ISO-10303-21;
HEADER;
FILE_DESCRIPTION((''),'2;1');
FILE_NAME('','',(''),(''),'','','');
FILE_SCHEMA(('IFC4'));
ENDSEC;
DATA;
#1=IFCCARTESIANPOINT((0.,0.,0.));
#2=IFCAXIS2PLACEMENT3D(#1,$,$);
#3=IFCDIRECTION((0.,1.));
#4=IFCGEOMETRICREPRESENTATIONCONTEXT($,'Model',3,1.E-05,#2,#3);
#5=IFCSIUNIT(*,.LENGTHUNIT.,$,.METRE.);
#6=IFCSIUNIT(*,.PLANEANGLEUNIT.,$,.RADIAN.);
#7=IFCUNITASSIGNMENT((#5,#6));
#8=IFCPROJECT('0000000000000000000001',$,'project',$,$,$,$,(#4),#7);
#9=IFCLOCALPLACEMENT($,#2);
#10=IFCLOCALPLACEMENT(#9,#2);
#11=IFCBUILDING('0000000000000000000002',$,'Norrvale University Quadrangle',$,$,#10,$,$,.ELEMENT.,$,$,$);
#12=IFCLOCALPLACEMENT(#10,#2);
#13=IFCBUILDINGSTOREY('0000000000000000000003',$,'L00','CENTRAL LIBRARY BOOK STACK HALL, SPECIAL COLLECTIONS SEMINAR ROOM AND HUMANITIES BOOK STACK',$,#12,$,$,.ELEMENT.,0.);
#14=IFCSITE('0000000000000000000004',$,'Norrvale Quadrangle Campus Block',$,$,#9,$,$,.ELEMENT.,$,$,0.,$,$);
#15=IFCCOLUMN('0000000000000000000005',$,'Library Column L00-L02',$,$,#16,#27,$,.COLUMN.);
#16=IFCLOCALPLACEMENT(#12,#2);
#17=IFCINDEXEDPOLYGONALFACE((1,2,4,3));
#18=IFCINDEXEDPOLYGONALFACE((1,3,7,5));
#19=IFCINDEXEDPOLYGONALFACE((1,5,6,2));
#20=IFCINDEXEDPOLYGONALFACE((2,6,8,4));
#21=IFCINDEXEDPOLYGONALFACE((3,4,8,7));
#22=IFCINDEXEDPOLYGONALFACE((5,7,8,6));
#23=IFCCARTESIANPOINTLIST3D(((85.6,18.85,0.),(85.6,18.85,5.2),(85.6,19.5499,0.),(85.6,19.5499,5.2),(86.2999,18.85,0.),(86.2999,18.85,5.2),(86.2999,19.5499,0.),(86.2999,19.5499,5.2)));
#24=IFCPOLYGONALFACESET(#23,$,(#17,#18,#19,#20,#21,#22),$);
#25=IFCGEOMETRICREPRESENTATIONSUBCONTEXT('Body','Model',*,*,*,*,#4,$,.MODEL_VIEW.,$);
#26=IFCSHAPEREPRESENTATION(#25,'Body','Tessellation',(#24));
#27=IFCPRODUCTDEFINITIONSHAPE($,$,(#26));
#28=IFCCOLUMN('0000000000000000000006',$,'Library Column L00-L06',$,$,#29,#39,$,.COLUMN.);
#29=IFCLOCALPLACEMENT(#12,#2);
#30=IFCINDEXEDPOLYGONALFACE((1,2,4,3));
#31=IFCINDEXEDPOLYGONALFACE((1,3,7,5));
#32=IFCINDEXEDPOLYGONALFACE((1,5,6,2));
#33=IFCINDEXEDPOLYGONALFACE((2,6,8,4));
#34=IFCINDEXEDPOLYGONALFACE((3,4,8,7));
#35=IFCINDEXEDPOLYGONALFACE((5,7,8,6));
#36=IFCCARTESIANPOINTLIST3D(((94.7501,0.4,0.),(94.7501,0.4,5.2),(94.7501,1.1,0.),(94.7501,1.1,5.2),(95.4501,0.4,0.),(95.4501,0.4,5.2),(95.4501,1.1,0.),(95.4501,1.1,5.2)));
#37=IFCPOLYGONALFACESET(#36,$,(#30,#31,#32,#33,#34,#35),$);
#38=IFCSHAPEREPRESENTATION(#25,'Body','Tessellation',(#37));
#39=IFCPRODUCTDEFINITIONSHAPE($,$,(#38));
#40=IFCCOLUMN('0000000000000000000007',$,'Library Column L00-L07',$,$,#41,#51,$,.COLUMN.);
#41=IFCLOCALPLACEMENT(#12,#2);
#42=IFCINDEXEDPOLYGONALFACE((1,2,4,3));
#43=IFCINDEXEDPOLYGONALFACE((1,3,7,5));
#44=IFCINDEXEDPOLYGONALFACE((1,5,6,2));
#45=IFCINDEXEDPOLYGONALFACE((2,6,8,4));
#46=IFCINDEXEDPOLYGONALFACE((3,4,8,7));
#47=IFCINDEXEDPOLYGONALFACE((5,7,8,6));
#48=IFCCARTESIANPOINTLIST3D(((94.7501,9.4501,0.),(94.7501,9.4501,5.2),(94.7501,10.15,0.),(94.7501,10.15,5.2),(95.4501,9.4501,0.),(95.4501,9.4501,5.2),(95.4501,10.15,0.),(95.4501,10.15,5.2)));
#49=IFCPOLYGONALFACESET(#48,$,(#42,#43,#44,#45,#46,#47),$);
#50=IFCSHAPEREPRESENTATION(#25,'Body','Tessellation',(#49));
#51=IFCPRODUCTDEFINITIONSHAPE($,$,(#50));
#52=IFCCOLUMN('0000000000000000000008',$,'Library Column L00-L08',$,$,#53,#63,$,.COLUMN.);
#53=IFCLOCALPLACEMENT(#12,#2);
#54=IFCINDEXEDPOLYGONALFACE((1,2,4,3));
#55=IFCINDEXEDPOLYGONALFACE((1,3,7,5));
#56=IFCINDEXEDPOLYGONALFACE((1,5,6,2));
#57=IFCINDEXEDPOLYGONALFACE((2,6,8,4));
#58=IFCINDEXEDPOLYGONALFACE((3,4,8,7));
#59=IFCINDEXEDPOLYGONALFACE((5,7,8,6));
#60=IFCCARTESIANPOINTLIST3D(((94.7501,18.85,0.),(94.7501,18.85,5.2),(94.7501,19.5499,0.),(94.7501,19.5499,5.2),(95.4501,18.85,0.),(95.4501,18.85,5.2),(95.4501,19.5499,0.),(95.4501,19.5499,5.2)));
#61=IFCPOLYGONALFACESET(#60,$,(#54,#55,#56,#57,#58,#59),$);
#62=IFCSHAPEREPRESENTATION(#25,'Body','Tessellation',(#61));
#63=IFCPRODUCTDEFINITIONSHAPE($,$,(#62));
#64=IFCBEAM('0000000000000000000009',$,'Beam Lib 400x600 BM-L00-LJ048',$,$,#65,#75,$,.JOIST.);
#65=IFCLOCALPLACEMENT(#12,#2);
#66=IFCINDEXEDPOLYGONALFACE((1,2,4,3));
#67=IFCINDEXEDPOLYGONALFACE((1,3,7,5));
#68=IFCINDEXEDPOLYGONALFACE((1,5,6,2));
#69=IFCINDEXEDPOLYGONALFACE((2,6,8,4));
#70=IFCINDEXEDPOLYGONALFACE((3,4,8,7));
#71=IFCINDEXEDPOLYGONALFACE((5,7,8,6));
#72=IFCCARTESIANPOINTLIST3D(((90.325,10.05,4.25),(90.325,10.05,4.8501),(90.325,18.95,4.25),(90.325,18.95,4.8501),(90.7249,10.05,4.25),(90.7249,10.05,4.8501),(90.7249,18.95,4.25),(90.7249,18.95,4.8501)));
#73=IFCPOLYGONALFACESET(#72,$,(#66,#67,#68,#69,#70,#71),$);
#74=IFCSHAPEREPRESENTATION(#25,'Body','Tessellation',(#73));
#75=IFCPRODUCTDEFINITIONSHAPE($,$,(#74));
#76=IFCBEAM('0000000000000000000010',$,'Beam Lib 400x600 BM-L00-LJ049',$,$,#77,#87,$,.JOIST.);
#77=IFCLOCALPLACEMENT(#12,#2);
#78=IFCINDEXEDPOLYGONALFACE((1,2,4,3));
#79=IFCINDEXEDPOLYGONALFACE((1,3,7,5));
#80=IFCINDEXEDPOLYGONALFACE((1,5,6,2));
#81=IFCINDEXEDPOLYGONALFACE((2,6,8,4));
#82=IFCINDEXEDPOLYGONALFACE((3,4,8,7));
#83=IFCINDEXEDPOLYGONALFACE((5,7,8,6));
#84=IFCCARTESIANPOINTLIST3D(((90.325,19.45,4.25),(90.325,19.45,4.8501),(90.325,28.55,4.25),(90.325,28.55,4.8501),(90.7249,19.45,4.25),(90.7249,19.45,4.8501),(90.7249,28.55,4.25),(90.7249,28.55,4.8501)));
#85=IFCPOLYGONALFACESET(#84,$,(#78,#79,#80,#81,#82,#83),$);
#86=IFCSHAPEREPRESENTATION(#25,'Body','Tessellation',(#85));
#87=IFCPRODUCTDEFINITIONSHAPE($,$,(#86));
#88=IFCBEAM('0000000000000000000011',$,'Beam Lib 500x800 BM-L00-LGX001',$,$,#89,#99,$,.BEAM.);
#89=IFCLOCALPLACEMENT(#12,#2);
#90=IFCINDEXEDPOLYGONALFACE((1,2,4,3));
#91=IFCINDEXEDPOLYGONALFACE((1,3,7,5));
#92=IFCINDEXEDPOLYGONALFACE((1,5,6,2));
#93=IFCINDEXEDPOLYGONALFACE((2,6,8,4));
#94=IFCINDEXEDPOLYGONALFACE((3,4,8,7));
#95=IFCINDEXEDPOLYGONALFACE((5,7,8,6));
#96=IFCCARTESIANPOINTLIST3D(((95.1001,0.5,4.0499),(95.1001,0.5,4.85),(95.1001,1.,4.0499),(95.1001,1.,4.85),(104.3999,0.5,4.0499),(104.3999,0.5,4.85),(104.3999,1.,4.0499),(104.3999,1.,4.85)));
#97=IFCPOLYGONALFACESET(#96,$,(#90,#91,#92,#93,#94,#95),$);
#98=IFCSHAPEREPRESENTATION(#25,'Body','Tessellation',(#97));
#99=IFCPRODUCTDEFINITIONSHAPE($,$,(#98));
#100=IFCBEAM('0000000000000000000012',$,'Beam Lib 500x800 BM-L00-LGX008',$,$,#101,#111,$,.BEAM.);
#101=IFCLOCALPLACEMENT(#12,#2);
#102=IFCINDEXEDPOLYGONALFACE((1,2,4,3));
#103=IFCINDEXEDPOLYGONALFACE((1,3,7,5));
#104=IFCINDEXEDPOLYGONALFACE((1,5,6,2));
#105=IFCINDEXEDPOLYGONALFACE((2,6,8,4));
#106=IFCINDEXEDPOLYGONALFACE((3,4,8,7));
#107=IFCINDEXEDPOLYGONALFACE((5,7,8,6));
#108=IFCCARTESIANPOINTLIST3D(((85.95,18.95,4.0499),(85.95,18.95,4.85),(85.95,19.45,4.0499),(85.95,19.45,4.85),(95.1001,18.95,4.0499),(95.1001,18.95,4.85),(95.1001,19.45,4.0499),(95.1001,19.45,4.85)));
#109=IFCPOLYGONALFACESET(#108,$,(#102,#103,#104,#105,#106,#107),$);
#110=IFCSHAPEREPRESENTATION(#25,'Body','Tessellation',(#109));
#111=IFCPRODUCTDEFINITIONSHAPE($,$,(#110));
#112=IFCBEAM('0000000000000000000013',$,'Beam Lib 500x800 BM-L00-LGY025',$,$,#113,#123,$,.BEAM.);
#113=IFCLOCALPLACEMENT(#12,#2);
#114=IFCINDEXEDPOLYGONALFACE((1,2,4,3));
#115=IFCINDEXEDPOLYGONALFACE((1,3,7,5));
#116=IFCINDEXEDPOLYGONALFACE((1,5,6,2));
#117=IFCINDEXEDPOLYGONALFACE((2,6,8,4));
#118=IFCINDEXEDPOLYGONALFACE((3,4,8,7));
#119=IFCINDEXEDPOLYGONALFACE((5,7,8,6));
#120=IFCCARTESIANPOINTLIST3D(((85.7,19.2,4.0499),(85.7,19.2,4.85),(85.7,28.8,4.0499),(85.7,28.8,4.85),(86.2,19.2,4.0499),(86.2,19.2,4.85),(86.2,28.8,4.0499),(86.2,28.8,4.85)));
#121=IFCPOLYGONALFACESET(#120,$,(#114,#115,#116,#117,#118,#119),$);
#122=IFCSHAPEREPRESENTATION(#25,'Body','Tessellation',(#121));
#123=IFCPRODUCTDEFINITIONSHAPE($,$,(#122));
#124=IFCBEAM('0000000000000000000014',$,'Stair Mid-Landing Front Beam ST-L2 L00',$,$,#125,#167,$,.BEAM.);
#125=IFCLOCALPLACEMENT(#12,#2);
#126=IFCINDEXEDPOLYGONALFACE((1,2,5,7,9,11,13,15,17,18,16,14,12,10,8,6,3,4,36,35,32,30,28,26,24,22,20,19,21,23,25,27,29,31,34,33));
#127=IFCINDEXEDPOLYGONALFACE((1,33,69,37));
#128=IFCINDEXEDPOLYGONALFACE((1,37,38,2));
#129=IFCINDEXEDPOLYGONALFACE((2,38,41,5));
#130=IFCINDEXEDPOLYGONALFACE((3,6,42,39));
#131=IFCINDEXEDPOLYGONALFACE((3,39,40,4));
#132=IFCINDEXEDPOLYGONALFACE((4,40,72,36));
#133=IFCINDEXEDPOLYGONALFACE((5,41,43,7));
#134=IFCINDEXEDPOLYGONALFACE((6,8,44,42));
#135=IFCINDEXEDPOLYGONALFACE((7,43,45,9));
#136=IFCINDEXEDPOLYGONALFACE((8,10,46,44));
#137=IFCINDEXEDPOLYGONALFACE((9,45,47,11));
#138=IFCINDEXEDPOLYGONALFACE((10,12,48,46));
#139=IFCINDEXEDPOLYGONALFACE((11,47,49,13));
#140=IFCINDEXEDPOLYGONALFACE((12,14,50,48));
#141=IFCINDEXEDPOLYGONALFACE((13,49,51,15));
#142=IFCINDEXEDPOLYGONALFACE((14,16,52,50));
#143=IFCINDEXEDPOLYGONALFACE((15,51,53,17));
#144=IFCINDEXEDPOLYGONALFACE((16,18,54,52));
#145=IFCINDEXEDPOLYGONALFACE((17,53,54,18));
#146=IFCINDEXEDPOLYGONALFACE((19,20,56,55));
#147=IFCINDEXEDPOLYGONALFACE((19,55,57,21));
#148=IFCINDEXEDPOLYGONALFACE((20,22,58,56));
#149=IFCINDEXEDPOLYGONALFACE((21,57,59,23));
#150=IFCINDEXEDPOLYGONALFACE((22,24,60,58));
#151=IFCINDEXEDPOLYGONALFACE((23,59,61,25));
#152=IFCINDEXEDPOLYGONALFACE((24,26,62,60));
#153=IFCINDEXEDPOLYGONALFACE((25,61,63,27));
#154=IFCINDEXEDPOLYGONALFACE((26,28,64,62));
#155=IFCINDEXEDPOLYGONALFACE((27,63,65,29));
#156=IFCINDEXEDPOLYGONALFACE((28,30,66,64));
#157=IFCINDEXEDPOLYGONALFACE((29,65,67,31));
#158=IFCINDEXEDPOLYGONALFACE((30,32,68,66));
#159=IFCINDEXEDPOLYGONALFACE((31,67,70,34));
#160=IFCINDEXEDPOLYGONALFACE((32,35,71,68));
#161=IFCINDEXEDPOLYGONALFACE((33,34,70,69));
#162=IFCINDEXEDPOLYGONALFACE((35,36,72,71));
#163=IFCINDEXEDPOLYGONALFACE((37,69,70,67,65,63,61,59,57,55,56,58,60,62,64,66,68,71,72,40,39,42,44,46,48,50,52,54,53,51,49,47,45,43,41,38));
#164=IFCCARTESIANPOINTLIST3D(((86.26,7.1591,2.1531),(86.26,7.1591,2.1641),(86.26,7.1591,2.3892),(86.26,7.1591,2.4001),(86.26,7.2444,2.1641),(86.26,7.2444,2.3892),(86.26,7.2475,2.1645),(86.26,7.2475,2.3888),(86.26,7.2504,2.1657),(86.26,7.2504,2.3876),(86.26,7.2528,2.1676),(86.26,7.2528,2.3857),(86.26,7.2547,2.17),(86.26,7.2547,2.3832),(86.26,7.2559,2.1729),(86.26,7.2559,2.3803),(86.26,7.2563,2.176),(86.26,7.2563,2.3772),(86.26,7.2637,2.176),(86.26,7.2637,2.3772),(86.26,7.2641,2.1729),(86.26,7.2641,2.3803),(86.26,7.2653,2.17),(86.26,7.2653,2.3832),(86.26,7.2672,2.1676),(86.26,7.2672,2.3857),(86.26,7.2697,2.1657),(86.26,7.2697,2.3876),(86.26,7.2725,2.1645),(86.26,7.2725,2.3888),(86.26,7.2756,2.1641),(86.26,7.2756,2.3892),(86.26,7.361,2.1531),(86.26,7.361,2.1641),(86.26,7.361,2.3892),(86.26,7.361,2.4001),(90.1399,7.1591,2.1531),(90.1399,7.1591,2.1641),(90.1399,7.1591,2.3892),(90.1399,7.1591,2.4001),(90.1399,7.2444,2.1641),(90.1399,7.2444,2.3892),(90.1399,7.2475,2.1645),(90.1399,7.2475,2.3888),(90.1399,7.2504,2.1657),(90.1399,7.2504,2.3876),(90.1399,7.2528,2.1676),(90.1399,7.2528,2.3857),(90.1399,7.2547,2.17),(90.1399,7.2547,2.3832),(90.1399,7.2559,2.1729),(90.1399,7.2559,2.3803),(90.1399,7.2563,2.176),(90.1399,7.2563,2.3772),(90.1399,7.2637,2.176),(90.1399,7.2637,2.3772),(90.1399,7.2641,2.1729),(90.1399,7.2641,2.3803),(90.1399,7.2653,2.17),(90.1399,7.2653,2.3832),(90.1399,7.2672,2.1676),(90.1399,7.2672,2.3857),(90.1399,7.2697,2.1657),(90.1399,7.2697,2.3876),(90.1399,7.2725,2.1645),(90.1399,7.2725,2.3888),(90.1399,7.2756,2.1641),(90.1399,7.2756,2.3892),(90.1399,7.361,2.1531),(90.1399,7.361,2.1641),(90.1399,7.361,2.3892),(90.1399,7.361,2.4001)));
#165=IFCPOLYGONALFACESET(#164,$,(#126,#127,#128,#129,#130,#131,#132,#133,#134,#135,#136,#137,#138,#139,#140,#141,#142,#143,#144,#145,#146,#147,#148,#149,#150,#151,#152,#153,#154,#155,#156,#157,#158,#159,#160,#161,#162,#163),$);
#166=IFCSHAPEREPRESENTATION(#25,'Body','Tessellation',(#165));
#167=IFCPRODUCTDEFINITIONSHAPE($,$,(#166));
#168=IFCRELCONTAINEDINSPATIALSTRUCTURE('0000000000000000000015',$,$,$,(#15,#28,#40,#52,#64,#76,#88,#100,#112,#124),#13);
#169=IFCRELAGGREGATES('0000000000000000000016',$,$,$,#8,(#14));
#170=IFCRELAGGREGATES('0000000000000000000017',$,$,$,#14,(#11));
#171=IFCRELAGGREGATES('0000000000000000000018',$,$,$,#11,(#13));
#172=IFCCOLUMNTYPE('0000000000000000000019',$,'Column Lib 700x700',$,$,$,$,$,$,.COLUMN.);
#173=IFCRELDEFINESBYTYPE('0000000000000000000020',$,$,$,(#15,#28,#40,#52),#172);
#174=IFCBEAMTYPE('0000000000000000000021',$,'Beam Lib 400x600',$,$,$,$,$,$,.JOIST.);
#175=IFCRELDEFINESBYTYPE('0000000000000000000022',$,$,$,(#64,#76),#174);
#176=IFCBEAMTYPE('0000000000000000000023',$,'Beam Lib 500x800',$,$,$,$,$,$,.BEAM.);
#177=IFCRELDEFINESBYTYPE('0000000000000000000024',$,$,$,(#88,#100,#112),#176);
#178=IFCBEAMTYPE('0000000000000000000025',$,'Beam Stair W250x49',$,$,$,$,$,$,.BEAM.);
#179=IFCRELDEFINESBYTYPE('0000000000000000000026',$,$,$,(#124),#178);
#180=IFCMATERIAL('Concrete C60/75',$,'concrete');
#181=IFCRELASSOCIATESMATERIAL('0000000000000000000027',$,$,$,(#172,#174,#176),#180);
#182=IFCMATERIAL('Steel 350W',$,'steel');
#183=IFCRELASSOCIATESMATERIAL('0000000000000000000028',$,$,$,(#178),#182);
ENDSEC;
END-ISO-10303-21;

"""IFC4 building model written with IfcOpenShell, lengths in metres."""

from ifc_helpers import new_model, si_unit, direction, frame, origin, origin_2d, place, context, subcontext, project, spatial, rectangle, i_section, extrude, material, material_profile, profile_set, type_object, element, save


model = new_model("IFC4")

# Units and contexts
model_context = context("Model", 3, precision=1e-05, world=origin(), true_north=direction((0.0, 1.0)))
body_context = subcontext(model_context, "Body", "Model", "MODEL_VIEW")
ifc_project = project(units=[si_unit("LENGTHUNIT", "METRE"), si_unit("PLANEANGLEUNIT", "RADIAN")], contexts=[model_context])

# Site, building, storey
site_placement = place(None, origin())
site = spatial("IfcSite", under=ifc_project, at=site_placement, Name="Norrvale Quadrangle Campus Block", CompositionType="ELEMENT", RefElevation=0.0)
building_placement = place(site_placement, origin())
building = spatial("IfcBuilding", under=site, at=building_placement, Name="Norrvale University Quadrangle", CompositionType="ELEMENT")
storey_placement = place(building_placement, origin())
storey = spatial("IfcBuildingStorey", under=building, at=storey_placement, Name="L00", Description="CENTRAL LIBRARY BOOK STACK HALL, SPECIAL COLLECTIONS SEMINAR ROOM AND HUMANITIES BOOK STACK", CompositionType="ELEMENT", Elevation=0.0)

# Columns
ifc_material_1 = material(Name="Concrete C60/75", Category="concrete")
ifc_material_profile_1 = material_profile(ifc_material_1, rectangle(XDim=0.7, YDim=0.7, at=origin_2d()), Name="Concrete C60/75")
ifc_profile_set_1 = profile_set([ifc_material_profile_1], Name="Concrete C60/75")
column_type = type_object("IfcColumnType", Name="Column Lib 700x700", PredefinedType="COLUMN", material=ifc_profile_set_1)
for number, where, z_axis, x_axis, name in (
    (1, (85.95, 19.2, 0.0), (0.0, 0.0, 1.0), (1.0, 0.0, 0.0), "Library Column L00-L02"),
    (2, (95.1001, 0.75, 0.0), (0.0, 0.0, 1.0), (1.0, 0.0, 0.0), "Library Column L00-L06"),
    (3, (95.1001, 9.8, 0.0), (0.0, 0.0, 1.0), (1.0, 0.0, 0.0), "Library Column L00-L07"),
    (4, (95.1001, 19.2, 0.0), (0.0, 0.0, 1.0), (1.0, 0.0, 0.0), "Library Column L00-L08"),
):
    element("IfcColumn", number, at=place(storey_placement, frame(where, z_axis=z_axis, x_axis=x_axis)), inside=storey, type_object=column_type, Name=name, PredefinedType="COLUMN", context=body_context, shape_type="SweptSolid", body=[
        extrude(rectangle(XDim=0.7, YDim=0.7, at=origin_2d()), origin(), (0.0, 0.0, 1.0), 5.2),
    ])

# Beams
ifc_material_profile_2 = material_profile(ifc_material_1, rectangle(XDim=0.3999, YDim=0.6001, at=origin_2d()), Name="Concrete C60/75")
ifc_profile_set_2 = profile_set([ifc_material_profile_2], Name="Concrete C60/75")
beam_type_1 = type_object("IfcBeamType", Name="Beam Lib 400x600", PredefinedType="JOIST", material=ifc_profile_set_2)
beam_1_placement = place(storey_placement, frame((90.5249, 10.05, 4.55), z_axis=(0.0, 1.0, 0.0), x_axis=(-1.0, 0.0, 0.0)))
element("IfcBeam", 5, at=beam_1_placement, inside=storey, type_object=beam_type_1, Name="Beam Lib 400x600 BM-L00-LJ048", PredefinedType="JOIST", context=body_context, shape_type="SweptSolid", body=[
    extrude(rectangle(XDim=0.3999, YDim=0.6001, at=origin_2d()), origin(), (0.0, 0.0, 1.0), 8.8999),
])
beam_2_placement = place(storey_placement, frame((90.5249, 19.45, 4.55), z_axis=(0.0, 1.0, 0.0), x_axis=(-1.0, 0.0, 0.0)))
element("IfcBeam", 6, at=beam_2_placement, inside=storey, type_object=beam_type_1, Name="Beam Lib 400x600 BM-L00-LJ049", PredefinedType="JOIST", context=body_context, shape_type="SweptSolid", body=[
    extrude(rectangle(XDim=0.3999, YDim=0.6001, at=origin_2d()), origin(), (0.0, 0.0, 1.0), 9.1001),
])
ifc_material_profile_3 = material_profile(ifc_material_1, rectangle(XDim=0.5, YDim=0.8, at=origin_2d()), Name="Concrete C60/75")
ifc_profile_set_3 = profile_set([ifc_material_profile_3], Name="Concrete C60/75")
beam_type_2 = type_object("IfcBeamType", Name="Beam Lib 500x800", PredefinedType="BEAM", material=ifc_profile_set_3)
beam_3_placement = place(storey_placement, frame((95.1001, 0.75, 4.45), z_axis=(1.0, 0.0, 0.0), x_axis=(0.0, 1.0, 0.0)))
element("IfcBeam", 7, at=beam_3_placement, inside=storey, type_object=beam_type_2, Name="Beam Lib 500x800 BM-L00-LGX001", PredefinedType="BEAM", context=body_context, shape_type="SweptSolid", body=[
    extrude(rectangle(XDim=0.5, YDim=0.8, at=origin_2d()), origin(), (0.0, 0.0, 1.0), 9.2998),
])
beam_4_placement = place(storey_placement, frame((85.95, 19.2, 4.45), z_axis=(1.0, 0.0, 0.0), x_axis=(0.0, 1.0, 0.0)))
element("IfcBeam", 8, at=beam_4_placement, inside=storey, type_object=beam_type_2, Name="Beam Lib 500x800 BM-L00-LGX008", PredefinedType="BEAM", context=body_context, shape_type="SweptSolid", body=[
    extrude(rectangle(XDim=0.5, YDim=0.8, at=origin_2d()), origin(), (0.0, 0.0, 1.0), 9.1501),
])
beam_5_placement = place(storey_placement, frame((85.95, 19.2, 4.45), z_axis=(0.0, 1.0, 0.0), x_axis=(-1.0, 0.0, 0.0)))
element("IfcBeam", 9, at=beam_5_placement, inside=storey, type_object=beam_type_2, Name="Beam Lib 500x800 BM-L00-LGY025", PredefinedType="BEAM", context=body_context, shape_type="SweptSolid", body=[
    extrude(rectangle(XDim=0.5, YDim=0.8, at=origin_2d()), origin(), (0.0, 0.0, 1.0), 9.6001),
])
ifc_material_2 = material(Name="Steel 350W", Category="steel")
ifc_material_profile_4 = material_profile(ifc_material_2, i_section(OverallWidth=0.2019, OverallDepth=0.2471, WebThickness=0.0073, FlangeThickness=0.011, FilletRadius=0.012, at=origin_2d()), Name="Steel 350W")
ifc_profile_set_4 = profile_set([ifc_material_profile_4], Name="Steel 350W")
beam_type_3 = type_object("IfcBeamType", Name="Beam Stair W250x49", PredefinedType="BEAM", material=ifc_profile_set_4)
for number, where, z_axis, x_axis, name in (
    (10, (86.26, 7.26, 2.2766), (1.0, 0.0, 0.0), (0.0, 1.0, 0.0), "Stair Mid-Landing Front Beam ST-L2 L00"),
):
    element("IfcBeam", number, at=place(storey_placement, frame(where, z_axis=z_axis, x_axis=x_axis)), inside=storey, type_object=beam_type_3, Name=name, PredefinedType="BEAM", context=body_context, shape_type="SweptSolid", body=[
        extrude(i_section(OverallWidth=0.2019, OverallDepth=0.2471, WebThickness=0.0073, FlangeThickness=0.011, FilletRadius=0.012, at=origin_2d()), origin(), (0.0, 0.0, 1.0), 3.8799),
    ])

save(model, "model.ifc")
